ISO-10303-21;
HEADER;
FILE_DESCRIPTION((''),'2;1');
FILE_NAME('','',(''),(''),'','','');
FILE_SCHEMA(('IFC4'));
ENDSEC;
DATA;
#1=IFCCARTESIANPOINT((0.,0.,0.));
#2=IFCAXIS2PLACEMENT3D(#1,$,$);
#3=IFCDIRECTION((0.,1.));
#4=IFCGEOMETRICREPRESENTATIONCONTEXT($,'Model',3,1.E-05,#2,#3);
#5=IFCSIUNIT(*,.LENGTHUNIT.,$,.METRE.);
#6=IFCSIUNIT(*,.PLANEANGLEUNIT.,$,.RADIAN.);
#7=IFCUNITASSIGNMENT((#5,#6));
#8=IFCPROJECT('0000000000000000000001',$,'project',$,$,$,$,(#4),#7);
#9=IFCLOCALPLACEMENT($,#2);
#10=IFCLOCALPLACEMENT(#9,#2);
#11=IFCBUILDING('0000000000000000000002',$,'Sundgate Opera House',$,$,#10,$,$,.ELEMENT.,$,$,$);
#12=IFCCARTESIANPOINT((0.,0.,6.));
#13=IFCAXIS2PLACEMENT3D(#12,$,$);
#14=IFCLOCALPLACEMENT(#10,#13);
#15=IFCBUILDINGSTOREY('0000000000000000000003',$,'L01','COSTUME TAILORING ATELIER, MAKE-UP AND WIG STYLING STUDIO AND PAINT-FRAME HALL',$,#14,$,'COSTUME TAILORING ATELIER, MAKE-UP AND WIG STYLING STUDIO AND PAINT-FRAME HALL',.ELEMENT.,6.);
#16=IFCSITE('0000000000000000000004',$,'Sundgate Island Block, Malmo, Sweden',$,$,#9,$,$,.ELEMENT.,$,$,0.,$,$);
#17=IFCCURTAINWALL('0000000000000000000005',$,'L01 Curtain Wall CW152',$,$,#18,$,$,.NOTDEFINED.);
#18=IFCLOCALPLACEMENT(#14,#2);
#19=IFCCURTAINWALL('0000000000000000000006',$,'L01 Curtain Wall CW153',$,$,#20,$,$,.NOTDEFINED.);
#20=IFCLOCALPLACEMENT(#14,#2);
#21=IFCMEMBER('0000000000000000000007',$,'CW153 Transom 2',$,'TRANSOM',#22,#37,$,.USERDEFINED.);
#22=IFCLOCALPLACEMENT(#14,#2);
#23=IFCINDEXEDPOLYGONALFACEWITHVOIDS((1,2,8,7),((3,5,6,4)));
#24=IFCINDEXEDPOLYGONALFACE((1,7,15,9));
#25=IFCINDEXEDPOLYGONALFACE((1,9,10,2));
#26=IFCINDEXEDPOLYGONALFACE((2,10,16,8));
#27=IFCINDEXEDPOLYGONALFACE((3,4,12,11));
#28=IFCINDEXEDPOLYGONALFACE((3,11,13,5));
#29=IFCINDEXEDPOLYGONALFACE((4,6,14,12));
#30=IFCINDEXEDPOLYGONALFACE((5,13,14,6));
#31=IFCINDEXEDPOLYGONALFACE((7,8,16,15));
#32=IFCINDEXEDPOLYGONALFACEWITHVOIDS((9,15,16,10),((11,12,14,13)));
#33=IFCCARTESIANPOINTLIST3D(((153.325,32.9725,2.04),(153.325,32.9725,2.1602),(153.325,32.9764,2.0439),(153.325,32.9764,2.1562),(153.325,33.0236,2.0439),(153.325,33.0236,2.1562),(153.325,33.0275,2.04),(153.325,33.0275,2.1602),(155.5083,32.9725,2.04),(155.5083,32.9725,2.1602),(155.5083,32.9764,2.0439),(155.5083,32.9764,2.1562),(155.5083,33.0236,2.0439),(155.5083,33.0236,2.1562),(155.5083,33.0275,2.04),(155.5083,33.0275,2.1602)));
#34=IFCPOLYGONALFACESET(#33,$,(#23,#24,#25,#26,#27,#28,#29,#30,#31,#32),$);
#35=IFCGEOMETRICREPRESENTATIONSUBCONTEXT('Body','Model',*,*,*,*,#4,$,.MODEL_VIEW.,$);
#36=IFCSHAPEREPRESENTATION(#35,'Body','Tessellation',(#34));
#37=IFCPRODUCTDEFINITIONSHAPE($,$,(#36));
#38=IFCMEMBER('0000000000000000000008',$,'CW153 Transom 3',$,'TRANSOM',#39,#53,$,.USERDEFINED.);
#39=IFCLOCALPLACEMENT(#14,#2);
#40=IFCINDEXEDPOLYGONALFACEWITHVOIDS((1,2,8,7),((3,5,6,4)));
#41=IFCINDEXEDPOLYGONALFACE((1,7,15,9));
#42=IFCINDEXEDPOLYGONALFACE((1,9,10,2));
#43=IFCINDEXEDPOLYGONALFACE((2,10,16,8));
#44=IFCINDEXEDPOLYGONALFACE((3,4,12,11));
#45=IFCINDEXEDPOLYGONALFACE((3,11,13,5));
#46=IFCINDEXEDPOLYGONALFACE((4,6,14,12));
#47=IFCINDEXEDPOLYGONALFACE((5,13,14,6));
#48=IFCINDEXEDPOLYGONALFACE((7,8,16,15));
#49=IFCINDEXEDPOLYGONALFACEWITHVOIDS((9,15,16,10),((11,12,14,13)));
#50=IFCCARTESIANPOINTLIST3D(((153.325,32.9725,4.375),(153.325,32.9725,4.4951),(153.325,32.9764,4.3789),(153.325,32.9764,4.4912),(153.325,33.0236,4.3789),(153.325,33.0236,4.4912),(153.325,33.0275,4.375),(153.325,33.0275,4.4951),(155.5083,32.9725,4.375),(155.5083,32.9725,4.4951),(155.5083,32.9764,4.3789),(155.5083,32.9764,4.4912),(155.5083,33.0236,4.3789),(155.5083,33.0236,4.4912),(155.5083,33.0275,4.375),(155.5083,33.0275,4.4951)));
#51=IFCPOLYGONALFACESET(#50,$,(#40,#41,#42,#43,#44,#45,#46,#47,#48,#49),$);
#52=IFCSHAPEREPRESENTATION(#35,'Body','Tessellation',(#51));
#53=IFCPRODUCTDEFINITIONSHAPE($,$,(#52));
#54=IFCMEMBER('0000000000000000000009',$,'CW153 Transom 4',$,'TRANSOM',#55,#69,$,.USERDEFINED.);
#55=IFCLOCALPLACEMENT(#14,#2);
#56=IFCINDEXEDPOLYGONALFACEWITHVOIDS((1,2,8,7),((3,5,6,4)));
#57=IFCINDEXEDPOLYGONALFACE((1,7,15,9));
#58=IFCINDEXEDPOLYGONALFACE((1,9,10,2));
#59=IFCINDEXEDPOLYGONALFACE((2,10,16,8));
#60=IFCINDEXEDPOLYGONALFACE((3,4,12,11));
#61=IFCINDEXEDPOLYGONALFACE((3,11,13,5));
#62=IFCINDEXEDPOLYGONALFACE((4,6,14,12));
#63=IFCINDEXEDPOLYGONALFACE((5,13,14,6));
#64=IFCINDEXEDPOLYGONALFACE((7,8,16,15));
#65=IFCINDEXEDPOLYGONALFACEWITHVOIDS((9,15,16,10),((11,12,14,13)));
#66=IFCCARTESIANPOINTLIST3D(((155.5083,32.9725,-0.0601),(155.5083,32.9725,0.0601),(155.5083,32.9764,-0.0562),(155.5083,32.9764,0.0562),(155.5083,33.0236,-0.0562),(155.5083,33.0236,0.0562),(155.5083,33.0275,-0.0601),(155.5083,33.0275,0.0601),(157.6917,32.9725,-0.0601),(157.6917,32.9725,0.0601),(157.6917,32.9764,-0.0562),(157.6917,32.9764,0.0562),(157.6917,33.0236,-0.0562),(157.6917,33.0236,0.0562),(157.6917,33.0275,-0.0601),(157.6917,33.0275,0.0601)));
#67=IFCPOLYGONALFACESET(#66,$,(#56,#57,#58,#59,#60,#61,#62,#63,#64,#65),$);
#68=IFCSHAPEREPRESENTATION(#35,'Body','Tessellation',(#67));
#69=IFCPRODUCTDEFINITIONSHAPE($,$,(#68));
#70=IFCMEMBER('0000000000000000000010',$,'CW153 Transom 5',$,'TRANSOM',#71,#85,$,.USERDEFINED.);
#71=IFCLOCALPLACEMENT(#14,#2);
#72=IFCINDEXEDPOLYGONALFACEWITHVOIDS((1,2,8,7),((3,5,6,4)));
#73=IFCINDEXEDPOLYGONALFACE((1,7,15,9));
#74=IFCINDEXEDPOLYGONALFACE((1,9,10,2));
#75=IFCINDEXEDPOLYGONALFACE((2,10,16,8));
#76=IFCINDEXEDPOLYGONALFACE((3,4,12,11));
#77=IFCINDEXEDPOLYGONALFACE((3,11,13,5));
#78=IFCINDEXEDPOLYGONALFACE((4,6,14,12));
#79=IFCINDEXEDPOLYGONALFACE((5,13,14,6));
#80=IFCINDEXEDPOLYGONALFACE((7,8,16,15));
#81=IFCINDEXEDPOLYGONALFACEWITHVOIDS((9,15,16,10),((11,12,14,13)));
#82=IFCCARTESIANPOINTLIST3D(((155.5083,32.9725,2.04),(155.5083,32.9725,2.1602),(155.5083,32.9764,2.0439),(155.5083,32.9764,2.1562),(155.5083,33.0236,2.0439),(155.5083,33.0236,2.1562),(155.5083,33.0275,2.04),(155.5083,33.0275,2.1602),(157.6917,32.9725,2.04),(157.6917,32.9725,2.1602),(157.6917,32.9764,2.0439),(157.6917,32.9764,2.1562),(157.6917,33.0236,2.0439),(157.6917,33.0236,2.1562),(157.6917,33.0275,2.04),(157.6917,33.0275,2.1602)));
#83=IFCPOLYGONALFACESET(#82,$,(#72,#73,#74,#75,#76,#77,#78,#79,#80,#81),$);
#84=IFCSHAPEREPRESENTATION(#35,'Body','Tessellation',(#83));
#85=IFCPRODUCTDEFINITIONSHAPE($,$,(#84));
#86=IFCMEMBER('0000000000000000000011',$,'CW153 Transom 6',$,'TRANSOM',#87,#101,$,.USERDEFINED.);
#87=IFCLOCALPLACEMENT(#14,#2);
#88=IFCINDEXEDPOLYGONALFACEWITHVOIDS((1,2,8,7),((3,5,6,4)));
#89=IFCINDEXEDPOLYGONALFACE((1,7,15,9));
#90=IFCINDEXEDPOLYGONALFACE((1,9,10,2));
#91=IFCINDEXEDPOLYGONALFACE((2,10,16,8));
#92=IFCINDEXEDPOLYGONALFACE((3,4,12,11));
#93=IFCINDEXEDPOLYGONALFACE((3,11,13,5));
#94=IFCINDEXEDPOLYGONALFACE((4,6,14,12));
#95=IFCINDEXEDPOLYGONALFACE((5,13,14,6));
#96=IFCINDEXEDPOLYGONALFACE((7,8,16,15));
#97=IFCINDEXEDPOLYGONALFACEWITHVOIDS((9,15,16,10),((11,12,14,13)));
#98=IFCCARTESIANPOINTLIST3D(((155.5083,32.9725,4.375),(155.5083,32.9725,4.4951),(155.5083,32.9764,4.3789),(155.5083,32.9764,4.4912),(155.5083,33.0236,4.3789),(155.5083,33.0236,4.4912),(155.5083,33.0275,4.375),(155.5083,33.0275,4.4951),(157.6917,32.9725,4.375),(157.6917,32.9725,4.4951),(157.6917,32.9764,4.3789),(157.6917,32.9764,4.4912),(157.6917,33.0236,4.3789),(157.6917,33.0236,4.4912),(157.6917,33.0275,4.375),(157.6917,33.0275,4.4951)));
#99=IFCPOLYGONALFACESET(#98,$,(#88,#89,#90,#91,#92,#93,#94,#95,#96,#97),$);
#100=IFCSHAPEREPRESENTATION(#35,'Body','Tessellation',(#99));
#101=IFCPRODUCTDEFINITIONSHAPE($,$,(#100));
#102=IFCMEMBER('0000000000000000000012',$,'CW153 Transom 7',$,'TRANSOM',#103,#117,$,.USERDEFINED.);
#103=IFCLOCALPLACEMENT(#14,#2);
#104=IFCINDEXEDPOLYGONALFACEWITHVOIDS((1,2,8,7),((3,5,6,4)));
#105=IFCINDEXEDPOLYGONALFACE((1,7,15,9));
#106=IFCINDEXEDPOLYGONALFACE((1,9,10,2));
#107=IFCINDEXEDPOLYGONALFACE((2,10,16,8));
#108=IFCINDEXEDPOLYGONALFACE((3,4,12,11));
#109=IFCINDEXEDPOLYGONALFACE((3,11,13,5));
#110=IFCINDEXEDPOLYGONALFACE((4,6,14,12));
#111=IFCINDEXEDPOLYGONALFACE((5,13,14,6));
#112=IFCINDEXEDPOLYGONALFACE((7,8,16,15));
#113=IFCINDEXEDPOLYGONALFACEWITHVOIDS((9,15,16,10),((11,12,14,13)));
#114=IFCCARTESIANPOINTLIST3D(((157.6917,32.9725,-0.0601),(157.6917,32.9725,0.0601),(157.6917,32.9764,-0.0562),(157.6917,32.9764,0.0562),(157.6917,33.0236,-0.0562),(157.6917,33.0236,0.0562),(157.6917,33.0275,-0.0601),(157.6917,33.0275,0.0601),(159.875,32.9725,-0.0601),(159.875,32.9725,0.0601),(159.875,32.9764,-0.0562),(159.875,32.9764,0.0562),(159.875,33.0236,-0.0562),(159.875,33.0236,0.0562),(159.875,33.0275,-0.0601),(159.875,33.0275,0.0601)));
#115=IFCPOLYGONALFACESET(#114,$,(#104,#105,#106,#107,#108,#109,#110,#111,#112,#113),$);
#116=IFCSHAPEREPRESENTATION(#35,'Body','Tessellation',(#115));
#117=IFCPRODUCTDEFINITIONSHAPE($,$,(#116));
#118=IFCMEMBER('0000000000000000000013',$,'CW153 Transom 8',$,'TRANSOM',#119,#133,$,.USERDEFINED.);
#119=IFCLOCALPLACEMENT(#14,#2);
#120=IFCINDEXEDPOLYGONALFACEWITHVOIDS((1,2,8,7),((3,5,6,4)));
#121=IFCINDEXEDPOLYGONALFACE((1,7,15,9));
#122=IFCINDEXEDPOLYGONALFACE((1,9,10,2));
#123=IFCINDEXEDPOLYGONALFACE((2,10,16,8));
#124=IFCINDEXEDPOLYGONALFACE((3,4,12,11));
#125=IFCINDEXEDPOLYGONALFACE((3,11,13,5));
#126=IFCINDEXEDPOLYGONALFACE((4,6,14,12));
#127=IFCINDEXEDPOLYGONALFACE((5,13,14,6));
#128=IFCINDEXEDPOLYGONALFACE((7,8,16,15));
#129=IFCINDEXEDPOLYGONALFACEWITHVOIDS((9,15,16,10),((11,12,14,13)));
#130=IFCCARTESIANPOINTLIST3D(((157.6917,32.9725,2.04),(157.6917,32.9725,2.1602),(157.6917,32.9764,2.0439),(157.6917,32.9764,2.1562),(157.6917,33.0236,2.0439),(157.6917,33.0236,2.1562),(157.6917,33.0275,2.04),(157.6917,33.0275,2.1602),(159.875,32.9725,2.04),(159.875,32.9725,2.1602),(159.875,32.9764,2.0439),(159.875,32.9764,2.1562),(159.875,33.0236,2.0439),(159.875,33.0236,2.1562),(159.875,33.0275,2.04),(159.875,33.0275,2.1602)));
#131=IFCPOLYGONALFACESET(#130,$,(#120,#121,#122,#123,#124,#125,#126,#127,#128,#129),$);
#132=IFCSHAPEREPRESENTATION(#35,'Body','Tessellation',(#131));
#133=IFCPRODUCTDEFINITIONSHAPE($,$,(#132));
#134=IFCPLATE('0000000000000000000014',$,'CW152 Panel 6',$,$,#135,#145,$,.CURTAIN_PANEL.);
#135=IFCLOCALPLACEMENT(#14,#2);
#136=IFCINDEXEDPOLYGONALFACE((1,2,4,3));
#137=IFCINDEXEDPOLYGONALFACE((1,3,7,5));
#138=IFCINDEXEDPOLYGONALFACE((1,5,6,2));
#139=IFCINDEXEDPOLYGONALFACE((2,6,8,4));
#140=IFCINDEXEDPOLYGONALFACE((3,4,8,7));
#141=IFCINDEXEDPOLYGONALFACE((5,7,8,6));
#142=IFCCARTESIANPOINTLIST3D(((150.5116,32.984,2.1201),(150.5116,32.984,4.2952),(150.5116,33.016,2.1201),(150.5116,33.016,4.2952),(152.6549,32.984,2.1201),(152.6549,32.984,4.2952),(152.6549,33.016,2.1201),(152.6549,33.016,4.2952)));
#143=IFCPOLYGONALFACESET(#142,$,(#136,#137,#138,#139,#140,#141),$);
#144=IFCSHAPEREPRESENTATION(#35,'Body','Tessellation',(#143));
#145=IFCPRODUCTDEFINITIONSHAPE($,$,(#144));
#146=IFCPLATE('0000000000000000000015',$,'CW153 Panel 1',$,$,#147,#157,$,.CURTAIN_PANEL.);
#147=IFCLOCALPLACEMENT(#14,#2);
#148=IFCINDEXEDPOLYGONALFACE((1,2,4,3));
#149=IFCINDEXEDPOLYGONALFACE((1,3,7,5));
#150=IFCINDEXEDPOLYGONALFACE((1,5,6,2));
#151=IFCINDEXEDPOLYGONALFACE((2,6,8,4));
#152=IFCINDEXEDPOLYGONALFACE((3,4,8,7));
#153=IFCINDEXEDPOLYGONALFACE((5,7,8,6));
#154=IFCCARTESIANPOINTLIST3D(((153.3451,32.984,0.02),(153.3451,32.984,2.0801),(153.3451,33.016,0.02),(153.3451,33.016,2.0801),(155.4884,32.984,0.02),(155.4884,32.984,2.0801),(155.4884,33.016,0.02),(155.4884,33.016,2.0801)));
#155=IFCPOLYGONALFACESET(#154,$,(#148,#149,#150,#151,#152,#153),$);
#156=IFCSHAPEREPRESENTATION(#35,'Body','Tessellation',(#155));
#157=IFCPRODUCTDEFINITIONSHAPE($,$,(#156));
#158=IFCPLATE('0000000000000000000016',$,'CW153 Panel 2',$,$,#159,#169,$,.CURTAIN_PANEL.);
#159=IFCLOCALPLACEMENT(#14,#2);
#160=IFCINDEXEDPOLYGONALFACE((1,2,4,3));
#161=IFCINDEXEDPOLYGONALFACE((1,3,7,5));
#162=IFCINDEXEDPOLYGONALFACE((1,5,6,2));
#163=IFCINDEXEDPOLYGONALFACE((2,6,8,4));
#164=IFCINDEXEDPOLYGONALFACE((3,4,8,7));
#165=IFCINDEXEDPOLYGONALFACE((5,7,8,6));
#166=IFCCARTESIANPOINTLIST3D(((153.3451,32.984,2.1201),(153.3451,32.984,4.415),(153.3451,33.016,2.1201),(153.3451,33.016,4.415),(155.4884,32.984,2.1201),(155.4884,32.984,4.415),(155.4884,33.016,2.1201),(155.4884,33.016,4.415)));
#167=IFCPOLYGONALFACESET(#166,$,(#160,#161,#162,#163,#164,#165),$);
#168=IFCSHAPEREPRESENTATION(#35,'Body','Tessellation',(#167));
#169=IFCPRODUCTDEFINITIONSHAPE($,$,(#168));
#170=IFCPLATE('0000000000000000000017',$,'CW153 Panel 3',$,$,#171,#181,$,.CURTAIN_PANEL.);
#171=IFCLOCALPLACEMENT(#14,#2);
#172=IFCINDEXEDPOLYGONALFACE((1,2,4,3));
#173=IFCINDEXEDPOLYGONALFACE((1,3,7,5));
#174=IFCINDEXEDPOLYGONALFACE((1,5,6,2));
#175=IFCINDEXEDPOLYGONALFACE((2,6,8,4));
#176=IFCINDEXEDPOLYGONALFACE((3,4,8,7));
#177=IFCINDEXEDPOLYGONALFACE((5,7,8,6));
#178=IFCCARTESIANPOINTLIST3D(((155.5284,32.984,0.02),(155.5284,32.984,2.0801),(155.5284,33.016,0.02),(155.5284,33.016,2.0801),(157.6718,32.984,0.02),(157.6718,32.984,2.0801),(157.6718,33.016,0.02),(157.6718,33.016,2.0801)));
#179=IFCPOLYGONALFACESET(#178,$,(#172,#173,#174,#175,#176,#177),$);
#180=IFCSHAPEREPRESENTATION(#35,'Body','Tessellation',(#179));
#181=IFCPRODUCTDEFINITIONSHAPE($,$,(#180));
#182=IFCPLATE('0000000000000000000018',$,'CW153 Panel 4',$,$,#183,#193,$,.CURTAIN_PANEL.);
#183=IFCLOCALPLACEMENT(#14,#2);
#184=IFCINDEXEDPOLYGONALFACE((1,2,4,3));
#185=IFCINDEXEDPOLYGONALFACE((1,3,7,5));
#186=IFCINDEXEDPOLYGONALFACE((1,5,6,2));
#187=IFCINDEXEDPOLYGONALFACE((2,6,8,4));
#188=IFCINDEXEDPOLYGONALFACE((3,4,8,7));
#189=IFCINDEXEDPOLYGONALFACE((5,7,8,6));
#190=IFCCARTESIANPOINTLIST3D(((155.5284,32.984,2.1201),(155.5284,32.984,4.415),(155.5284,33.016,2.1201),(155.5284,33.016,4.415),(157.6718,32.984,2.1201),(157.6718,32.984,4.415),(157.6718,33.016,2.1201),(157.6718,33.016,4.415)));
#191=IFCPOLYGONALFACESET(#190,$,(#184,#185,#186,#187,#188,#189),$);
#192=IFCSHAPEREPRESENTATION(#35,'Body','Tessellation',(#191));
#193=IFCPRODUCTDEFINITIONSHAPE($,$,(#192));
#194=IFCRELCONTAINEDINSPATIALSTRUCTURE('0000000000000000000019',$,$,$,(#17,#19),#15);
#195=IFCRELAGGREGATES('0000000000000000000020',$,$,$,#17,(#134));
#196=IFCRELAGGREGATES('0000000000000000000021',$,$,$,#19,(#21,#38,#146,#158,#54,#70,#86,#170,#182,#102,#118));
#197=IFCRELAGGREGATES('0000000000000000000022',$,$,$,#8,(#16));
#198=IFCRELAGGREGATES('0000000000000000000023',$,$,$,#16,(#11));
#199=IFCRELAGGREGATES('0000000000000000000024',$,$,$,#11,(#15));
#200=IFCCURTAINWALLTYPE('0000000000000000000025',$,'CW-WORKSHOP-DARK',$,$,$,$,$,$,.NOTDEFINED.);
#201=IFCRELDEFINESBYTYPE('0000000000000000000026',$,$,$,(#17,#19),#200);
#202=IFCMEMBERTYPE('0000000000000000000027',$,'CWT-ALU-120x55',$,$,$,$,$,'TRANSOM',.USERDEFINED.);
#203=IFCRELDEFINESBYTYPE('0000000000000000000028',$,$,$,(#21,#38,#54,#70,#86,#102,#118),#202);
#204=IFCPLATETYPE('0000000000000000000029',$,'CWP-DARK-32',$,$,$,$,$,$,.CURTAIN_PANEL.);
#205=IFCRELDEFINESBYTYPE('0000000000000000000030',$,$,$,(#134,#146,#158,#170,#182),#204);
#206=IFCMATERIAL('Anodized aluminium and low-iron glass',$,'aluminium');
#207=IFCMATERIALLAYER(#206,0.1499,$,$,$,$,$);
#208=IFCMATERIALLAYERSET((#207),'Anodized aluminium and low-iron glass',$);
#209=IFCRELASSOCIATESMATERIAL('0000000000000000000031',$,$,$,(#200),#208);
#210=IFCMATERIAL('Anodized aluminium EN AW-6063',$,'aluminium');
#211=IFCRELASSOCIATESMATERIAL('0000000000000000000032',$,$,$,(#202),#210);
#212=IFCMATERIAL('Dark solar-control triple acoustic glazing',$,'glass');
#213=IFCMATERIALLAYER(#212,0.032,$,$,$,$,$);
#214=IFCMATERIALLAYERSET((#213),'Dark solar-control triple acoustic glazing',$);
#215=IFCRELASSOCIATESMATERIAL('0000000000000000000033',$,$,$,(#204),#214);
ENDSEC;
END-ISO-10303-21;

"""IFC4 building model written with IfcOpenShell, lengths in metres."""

from ifc_helpers import new_model, si_unit, direction, frame, origin, origin_2d, place, context, subcontext, project, spatial, rectangle, hollow_rectangle, extrude, material, layer, layer_set, material_profile, profile_set, type_object, element, aggregate, save


model = new_model("IFC4")

# Units and contexts
model_context = context("Model", 3, precision=1e-05, world=origin(), true_north=direction((0.0, 1.0)))
body_context = subcontext(model_context, "Body", "Model", "MODEL_VIEW")
ifc_project = project(units=[si_unit("LENGTHUNIT", "METRE"), si_unit("PLANEANGLEUNIT", "RADIAN")], contexts=[model_context])

# Site, building, storey
site_placement = place(None, origin())
site = spatial("IfcSite", under=ifc_project, at=site_placement, Name="Sundgate Island Block, Malmo, Sweden", CompositionType="ELEMENT", RefElevation=0.0)
building_placement = place(site_placement, origin())
building = spatial("IfcBuilding", under=site, at=building_placement, Name="Sundgate Opera House", CompositionType="ELEMENT")
storey_placement = place(building_placement, frame((0.0, 0.0, 6.0)))
storey = spatial("IfcBuildingStorey", under=building, at=storey_placement, Name="L01", Description="COSTUME TAILORING ATELIER, MAKE-UP AND WIG STYLING STUDIO AND PAINT-FRAME HALL", LongName="COSTUME TAILORING ATELIER, MAKE-UP AND WIG STYLING STUDIO AND PAINT-FRAME HALL", CompositionType="ELEMENT", Elevation=6.0)

# Curtain wall
ifc_material_1 = material(Name="Anodized aluminium and low-iron glass", Category="aluminium")
ifc_layer_1 = layer(ifc_material_1, 0.1499)
ifc_layer_set_1 = layer_set([ifc_layer_1], Name="Anodized aluminium and low-iron glass")
curtain_wall_type = type_object("IfcCurtainWallType", Name="CW-WORKSHOP-DARK", PredefinedType="NOTDEFINED", material=ifc_layer_set_1)
curtain_wall_1_placement = place(storey_placement, origin())
curtain_wall_1 = element("IfcCurtainWall", 1, at=curtain_wall_1_placement, inside=storey, type_object=curtain_wall_type, Name="L01 Curtain Wall CW152", PredefinedType="NOTDEFINED")

# Curtain wall, members
curtain_wall_2_placement = place(storey_placement, origin())
curtain_wall_2 = element("IfcCurtainWall", 2, at=curtain_wall_2_placement, inside=storey, type_object=curtain_wall_type, Name="L01 Curtain Wall CW153", PredefinedType="NOTDEFINED")
ifc_material_2 = material(Name="Anodized aluminium EN AW-6063", Category="aluminium")
ifc_material_profile_1 = material_profile(ifc_material_2, hollow_rectangle(XDim=0.0549, YDim=0.1201, WallThickness=0.0039, at=origin_2d()), Name="CWT 120x55x4")
ifc_profile_set_1 = profile_set([ifc_material_profile_1], Name="Anodized aluminium EN AW-6063")
member_type_1 = type_object("IfcMemberType", Name="CWT-ALU-120x55", ElementType="TRANSOM", PredefinedType="USERDEFINED", material=ifc_profile_set_1)
member_1_placement = place(storey_placement, frame((153.325, 33.0, 2.1001), z_axis=(1.0, 0.0, 0.0), x_axis=(0.0, 1.0, 0.0)))
member_1 = element("IfcMember", 3, at=member_1_placement, type_object=member_type_1, Name="CW153 Transom 2", ObjectType="TRANSOM", PredefinedType="USERDEFINED", context=body_context, shape_type="SweptSolid", body=[
    extrude(hollow_rectangle(XDim=0.0549, YDim=0.1201, WallThickness=0.0039, at=origin_2d()), origin(), (0.0, 0.0, 1.0), 2.1833),
])
member_2_placement = place(storey_placement, frame((153.325, 33.0, 4.4351), z_axis=(1.0, 0.0, 0.0), x_axis=(0.0, 1.0, 0.0)))
member_2 = element("IfcMember", 4, at=member_2_placement, type_object=member_type_1, Name="CW153 Transom 3", ObjectType="TRANSOM", PredefinedType="USERDEFINED", context=body_context, shape_type="SweptSolid", body=[
    extrude(hollow_rectangle(XDim=0.0549, YDim=0.1201, WallThickness=0.0039, at=origin_2d()), origin(), (0.0, 0.0, 1.0), 2.1833),
])
member_3_placement = place(storey_placement, frame((155.5083, 33.0, 0.0), z_axis=(1.0, 0.0, 0.0), x_axis=(0.0, 1.0, 0.0)))
member_3 = element("IfcMember", 5, at=member_3_placement, type_object=member_type_1, Name="CW153 Transom 4", ObjectType="TRANSOM", PredefinedType="USERDEFINED", context=body_context, shape_type="SweptSolid", body=[
    extrude(hollow_rectangle(XDim=0.0549, YDim=0.1201, WallThickness=0.0039, at=origin_2d()), origin(), (0.0, 0.0, 1.0), 2.1833),
])
member_4_placement = place(storey_placement, frame((155.5083, 33.0, 2.1001), z_axis=(1.0, 0.0, 0.0), x_axis=(0.0, 1.0, 0.0)))
member_4 = element("IfcMember", 6, at=member_4_placement, type_object=member_type_1, Name="CW153 Transom 5", ObjectType="TRANSOM", PredefinedType="USERDEFINED", context=body_context, shape_type="SweptSolid", body=[
    extrude(hollow_rectangle(XDim=0.0549, YDim=0.1201, WallThickness=0.0039, at=origin_2d()), origin(), (0.0, 0.0, 1.0), 2.1833),
])
member_5_placement = place(storey_placement, frame((155.5083, 33.0, 4.4351), z_axis=(1.0, 0.0, 0.0), x_axis=(0.0, 1.0, 0.0)))
member_5 = element("IfcMember", 7, at=member_5_placement, type_object=member_type_1, Name="CW153 Transom 6", ObjectType="TRANSOM", PredefinedType="USERDEFINED", context=body_context, shape_type="SweptSolid", body=[
    extrude(hollow_rectangle(XDim=0.0549, YDim=0.1201, WallThickness=0.0039, at=origin_2d()), origin(), (0.0, 0.0, 1.0), 2.1833),
])
member_6_placement = place(storey_placement, frame((157.6917, 33.0, 0.0), z_axis=(1.0, 0.0, 0.0), x_axis=(0.0, 1.0, 0.0)))
member_6 = element("IfcMember", 8, at=member_6_placement, type_object=member_type_1, Name="CW153 Transom 7", ObjectType="TRANSOM", PredefinedType="USERDEFINED", context=body_context, shape_type="SweptSolid", body=[
    extrude(hollow_rectangle(XDim=0.0549, YDim=0.1201, WallThickness=0.0039, at=origin_2d()), origin(), (0.0, 0.0, 1.0), 2.1833),
])
member_7_placement = place(storey_placement, frame((157.6917, 33.0, 2.1001), z_axis=(1.0, 0.0, 0.0), x_axis=(0.0, 1.0, 0.0)))
member_7 = element("IfcMember", 9, at=member_7_placement, type_object=member_type_1, Name="CW153 Transom 8", ObjectType="TRANSOM", PredefinedType="USERDEFINED", context=body_context, shape_type="SweptSolid", body=[
    extrude(hollow_rectangle(XDim=0.0549, YDim=0.1201, WallThickness=0.0039, at=origin_2d()), origin(), (0.0, 0.0, 1.0), 2.1833),
])

# Plates
ifc_material_3 = material(Name="Dark solar-control triple acoustic glazing", Category="glass")
ifc_layer_2 = layer(ifc_material_3, 0.032)
ifc_layer_set_2 = layer_set([ifc_layer_2], Name="Dark solar-control triple acoustic glazing")
plate_type_1 = type_object("IfcPlateType", Name="CWP-DARK-32", PredefinedType="CURTAIN_PANEL", material=ifc_layer_set_2)
plate_1_placement = place(storey_placement, frame((151.5833, 33.0, 2.1201), z_axis=(0.0, 0.0, 1.0), x_axis=(1.0, 0.0, 0.0)))
plate_1 = element("IfcPlate", 10, at=plate_1_placement, type_object=plate_type_1, Name="CW152 Panel 6", PredefinedType="CURTAIN_PANEL", context=body_context, shape_type="SweptSolid", body=[
    extrude(rectangle(XDim=2.1433, YDim=0.032, at=origin_2d()), origin(), (0.0, 0.0, 1.0), 2.175),
])
aggregate(curtain_wall_1, [plate_1])
plate_2_placement = place(storey_placement, frame((154.4167, 33.0, 0.02), z_axis=(0.0, 0.0, 1.0), x_axis=(1.0, 0.0, 0.0)))
plate_2 = element("IfcPlate", 11, at=plate_2_placement, type_object=plate_type_1, Name="CW153 Panel 1", PredefinedType="CURTAIN_PANEL", context=body_context, shape_type="SweptSolid", body=[
    extrude(rectangle(XDim=2.1433, YDim=0.032, at=origin_2d()), origin(), (0.0, 0.0, 1.0), 2.0601),
])
plate_3_placement = place(storey_placement, frame((154.4167, 33.0, 2.1201), z_axis=(0.0, 0.0, 1.0), x_axis=(1.0, 0.0, 0.0)))
plate_3 = element("IfcPlate", 12, at=plate_3_placement, type_object=plate_type_1, Name="CW153 Panel 2", PredefinedType="CURTAIN_PANEL", context=body_context, shape_type="SweptSolid", body=[
    extrude(rectangle(XDim=2.1433, YDim=0.032, at=origin_2d()), origin(), (0.0, 0.0, 1.0), 2.2949),
])
plate_4_placement = place(storey_placement, frame((156.6001, 33.0, 0.02), z_axis=(0.0, 0.0, 1.0), x_axis=(1.0, 0.0, 0.0)))
plate_4 = element("IfcPlate", 13, at=plate_4_placement, type_object=plate_type_1, Name="CW153 Panel 3", PredefinedType="CURTAIN_PANEL", context=body_context, shape_type="SweptSolid", body=[
    extrude(rectangle(XDim=2.1433, YDim=0.032, at=origin_2d()), origin(), (0.0, 0.0, 1.0), 2.0601),
])
plate_5_placement = place(storey_placement, frame((156.6001, 33.0, 2.1201), z_axis=(0.0, 0.0, 1.0), x_axis=(1.0, 0.0, 0.0)))
plate_5 = element("IfcPlate", 14, at=plate_5_placement, type_object=plate_type_1, Name="CW153 Panel 4", PredefinedType="CURTAIN_PANEL", context=body_context, shape_type="SweptSolid", body=[
    extrude(rectangle(XDim=2.1433, YDim=0.032, at=origin_2d()), origin(), (0.0, 0.0, 1.0), 2.2949),
])
aggregate(curtain_wall_2, [member_1, member_2, plate_2, plate_3, member_3, member_4, member_5, plate_4, plate_5, member_6, member_7])

save(model, "model.ifc")
